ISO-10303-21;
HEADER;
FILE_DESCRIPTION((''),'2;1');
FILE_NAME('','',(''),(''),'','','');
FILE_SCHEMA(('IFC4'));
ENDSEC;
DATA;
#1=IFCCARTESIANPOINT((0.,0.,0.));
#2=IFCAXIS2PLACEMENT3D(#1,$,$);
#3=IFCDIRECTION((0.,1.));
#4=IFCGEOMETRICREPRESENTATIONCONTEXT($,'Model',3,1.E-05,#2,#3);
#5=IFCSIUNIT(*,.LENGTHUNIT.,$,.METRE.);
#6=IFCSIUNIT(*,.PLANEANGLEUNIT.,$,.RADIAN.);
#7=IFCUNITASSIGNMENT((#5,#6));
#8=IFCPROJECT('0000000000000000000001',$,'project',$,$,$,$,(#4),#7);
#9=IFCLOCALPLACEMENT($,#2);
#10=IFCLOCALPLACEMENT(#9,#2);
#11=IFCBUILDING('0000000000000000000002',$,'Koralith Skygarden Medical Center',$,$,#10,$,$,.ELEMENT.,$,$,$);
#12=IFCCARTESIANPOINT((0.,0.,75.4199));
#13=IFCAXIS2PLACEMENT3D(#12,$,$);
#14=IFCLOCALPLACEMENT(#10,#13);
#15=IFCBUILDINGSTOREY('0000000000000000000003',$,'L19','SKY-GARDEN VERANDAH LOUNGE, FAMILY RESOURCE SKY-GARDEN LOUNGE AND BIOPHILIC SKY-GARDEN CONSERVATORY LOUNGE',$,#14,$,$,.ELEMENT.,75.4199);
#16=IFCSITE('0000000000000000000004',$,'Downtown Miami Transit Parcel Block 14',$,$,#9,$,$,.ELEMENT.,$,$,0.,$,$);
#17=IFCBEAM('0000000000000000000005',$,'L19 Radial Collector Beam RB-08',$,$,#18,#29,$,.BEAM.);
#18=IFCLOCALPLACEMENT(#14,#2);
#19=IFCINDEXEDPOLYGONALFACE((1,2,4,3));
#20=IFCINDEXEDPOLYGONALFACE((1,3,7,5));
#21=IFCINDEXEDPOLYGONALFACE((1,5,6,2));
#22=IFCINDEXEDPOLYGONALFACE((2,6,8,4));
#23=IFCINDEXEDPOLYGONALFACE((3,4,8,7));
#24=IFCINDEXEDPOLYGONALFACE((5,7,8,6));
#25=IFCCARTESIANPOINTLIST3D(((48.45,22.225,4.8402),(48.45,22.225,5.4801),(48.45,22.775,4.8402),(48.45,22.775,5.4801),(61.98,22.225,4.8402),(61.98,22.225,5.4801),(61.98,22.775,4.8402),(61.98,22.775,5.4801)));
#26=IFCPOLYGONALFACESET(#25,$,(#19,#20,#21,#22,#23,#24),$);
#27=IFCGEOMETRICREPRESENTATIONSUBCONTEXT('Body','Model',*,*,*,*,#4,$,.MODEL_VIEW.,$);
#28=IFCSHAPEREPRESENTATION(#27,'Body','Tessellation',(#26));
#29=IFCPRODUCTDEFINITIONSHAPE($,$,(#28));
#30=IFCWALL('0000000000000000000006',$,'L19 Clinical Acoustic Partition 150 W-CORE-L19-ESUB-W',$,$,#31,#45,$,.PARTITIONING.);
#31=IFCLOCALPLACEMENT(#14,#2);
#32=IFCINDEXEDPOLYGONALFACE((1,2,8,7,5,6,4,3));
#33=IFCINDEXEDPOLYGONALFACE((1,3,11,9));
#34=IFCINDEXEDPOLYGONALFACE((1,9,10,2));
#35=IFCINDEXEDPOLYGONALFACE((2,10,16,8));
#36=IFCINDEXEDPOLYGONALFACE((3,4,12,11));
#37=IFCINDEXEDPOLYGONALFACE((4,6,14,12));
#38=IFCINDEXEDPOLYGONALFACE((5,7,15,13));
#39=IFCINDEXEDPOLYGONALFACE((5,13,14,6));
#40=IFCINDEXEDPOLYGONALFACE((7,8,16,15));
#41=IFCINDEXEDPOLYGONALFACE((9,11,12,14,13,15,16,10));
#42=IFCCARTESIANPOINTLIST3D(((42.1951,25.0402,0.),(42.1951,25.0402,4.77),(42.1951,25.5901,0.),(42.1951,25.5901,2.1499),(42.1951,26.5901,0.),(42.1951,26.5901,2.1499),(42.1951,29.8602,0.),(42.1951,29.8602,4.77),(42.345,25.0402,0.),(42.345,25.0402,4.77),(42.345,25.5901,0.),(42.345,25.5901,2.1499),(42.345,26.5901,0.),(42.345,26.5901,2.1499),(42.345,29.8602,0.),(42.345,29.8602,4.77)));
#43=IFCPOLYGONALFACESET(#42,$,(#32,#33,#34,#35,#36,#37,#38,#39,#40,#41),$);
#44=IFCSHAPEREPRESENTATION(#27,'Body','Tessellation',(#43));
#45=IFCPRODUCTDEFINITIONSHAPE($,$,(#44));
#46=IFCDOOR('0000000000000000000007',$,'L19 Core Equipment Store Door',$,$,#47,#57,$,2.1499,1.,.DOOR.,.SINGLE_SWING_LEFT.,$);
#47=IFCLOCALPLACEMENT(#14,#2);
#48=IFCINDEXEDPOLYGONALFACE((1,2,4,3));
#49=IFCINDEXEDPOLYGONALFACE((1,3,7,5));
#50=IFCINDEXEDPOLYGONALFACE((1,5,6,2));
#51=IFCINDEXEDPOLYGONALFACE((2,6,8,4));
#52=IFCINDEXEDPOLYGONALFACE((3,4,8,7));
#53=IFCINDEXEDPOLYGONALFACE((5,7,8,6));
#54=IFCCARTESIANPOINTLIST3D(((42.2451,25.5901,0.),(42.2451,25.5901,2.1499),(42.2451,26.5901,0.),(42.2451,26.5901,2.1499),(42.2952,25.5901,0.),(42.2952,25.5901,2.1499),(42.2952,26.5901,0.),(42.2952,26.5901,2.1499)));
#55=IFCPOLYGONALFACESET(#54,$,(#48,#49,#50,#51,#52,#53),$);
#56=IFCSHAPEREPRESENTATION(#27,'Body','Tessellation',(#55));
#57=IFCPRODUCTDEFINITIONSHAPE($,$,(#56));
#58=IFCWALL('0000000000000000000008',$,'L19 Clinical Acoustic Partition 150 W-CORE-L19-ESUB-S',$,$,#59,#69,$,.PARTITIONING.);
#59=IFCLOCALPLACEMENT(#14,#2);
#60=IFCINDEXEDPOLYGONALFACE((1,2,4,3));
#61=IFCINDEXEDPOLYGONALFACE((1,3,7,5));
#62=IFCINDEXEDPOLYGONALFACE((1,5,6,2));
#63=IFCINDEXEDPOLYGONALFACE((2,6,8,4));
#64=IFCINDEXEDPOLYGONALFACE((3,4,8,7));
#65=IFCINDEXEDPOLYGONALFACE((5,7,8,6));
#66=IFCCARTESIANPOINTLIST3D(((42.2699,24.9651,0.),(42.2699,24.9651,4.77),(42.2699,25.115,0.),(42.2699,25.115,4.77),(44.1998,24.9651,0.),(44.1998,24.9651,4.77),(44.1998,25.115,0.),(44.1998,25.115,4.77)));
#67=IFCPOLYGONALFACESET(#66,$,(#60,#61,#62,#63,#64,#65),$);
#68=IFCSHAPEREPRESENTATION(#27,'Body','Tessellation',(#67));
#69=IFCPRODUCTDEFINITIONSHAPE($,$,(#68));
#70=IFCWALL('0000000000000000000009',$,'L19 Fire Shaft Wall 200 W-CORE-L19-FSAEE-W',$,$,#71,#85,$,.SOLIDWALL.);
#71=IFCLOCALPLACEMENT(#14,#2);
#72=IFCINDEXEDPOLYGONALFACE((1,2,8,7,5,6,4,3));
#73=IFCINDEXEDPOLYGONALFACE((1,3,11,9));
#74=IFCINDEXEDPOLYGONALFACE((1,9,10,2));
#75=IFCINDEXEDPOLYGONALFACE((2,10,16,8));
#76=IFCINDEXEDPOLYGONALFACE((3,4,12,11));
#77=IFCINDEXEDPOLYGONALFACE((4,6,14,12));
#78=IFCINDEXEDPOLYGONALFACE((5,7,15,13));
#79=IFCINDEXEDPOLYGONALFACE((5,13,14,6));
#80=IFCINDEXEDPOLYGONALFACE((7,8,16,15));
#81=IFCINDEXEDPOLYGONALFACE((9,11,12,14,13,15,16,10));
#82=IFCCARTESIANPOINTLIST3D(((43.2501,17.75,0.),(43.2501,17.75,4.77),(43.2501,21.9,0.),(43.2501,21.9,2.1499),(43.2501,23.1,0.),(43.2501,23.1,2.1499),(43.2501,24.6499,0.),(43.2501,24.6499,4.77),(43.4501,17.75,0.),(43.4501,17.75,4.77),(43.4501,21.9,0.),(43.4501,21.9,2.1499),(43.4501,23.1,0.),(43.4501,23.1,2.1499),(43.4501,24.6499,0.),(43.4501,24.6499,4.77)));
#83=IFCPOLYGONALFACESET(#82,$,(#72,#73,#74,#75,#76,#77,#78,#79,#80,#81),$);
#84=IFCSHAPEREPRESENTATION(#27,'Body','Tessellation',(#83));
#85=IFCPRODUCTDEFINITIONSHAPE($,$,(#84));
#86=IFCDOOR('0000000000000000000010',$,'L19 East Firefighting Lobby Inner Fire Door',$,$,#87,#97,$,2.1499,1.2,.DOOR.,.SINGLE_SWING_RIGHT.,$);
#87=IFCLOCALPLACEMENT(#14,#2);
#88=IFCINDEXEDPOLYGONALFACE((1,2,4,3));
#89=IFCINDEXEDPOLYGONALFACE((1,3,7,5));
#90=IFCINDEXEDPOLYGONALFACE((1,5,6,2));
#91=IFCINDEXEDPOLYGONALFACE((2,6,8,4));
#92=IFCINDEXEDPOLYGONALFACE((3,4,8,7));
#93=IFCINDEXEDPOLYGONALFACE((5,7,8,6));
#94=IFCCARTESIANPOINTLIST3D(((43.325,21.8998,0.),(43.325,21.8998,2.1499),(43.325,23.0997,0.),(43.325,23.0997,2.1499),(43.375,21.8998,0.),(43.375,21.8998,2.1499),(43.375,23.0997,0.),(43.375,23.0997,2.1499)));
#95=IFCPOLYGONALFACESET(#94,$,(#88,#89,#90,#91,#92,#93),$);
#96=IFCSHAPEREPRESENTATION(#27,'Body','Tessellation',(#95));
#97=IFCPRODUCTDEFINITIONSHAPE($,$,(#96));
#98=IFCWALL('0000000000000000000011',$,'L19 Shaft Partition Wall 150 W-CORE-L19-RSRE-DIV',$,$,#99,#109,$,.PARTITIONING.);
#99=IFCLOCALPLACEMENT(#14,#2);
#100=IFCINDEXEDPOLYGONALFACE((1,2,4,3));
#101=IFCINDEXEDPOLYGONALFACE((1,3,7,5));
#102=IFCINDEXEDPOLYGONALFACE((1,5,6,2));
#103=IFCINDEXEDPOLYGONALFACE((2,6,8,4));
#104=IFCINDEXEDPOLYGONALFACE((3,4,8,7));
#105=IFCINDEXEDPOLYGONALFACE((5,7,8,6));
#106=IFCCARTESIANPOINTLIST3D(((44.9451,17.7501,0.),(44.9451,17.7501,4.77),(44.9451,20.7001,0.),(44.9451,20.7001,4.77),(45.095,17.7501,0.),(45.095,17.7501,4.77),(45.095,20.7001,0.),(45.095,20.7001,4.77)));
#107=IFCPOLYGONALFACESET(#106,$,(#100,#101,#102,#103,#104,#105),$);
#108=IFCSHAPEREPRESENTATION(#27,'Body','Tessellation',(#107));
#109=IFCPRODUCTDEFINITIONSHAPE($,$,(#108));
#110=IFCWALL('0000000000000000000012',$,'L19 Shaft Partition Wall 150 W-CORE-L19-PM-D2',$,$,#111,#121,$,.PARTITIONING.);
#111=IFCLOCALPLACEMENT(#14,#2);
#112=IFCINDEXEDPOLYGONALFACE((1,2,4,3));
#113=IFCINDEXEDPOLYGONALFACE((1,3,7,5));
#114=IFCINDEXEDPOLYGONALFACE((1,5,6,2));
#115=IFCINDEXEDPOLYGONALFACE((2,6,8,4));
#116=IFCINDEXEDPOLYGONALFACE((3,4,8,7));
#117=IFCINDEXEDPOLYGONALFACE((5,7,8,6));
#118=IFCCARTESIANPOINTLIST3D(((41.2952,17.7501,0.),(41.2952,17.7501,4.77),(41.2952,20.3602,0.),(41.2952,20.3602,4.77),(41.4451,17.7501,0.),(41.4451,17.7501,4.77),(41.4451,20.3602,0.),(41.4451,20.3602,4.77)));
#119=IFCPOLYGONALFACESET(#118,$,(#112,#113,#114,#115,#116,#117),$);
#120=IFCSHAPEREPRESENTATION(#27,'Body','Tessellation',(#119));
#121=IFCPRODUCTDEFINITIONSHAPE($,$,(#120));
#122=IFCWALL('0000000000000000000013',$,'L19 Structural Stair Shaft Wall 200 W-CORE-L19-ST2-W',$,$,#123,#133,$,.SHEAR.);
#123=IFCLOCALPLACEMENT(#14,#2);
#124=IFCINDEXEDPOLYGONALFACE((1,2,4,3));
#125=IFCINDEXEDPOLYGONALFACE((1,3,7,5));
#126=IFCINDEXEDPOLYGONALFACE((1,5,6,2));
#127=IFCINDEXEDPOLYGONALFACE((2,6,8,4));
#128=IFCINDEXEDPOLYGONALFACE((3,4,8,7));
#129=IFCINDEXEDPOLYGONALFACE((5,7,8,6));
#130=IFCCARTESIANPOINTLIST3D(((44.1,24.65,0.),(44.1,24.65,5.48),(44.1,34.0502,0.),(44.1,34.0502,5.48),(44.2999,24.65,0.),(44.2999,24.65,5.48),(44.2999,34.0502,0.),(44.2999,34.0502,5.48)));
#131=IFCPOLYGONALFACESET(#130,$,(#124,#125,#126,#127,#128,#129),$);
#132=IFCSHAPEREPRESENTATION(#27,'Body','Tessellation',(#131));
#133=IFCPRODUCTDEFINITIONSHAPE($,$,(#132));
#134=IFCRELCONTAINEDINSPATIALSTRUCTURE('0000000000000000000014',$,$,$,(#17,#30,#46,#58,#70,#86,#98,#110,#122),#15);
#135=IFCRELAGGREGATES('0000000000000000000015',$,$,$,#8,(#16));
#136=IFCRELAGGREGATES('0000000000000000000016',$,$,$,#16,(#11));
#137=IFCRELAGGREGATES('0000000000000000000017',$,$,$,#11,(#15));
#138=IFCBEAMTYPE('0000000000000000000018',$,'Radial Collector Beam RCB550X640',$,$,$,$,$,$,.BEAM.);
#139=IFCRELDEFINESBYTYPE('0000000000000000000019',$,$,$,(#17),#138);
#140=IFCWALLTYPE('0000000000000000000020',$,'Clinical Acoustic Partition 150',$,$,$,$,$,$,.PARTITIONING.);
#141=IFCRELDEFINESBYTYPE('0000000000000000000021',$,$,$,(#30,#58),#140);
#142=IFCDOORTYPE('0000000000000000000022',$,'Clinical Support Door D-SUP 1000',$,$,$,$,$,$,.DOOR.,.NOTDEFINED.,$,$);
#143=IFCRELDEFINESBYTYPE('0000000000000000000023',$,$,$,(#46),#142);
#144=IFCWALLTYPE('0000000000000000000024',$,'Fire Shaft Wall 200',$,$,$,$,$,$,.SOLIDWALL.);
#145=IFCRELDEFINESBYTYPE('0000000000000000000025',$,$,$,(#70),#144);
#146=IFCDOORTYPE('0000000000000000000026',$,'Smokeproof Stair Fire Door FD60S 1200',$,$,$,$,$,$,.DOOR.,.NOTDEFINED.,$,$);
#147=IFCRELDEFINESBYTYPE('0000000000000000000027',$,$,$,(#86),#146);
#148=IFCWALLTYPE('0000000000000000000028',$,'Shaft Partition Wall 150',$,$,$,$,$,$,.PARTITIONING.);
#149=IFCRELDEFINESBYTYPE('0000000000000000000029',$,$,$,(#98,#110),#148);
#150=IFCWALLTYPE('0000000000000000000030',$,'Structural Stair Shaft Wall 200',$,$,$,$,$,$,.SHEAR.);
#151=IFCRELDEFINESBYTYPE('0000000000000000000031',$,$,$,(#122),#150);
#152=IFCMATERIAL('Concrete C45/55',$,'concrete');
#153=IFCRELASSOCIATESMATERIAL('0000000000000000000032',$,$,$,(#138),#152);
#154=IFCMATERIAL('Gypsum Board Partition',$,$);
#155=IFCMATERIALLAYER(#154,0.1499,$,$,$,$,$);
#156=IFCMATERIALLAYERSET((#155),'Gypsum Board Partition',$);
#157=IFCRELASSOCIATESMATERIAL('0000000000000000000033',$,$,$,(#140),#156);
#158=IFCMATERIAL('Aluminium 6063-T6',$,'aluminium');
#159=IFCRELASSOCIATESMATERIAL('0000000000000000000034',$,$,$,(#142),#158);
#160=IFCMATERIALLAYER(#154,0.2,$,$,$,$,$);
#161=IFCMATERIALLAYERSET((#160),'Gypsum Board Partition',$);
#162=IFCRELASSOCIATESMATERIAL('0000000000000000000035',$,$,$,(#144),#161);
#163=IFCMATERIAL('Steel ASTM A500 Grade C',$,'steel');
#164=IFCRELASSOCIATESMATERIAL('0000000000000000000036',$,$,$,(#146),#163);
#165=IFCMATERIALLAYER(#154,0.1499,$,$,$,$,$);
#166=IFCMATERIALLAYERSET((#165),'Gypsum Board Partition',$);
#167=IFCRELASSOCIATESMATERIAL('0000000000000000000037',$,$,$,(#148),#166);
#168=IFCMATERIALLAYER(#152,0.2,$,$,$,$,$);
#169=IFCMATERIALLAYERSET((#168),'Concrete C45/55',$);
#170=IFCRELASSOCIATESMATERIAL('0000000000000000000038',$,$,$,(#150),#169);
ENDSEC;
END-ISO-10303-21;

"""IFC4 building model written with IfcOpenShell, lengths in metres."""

from ifc_helpers import new_model, si_unit, direction, frame, frame_2d, origin, origin_2d, place, context, subcontext, project, spatial, rectangle, extrude, material, layer, layer_set, material_profile, profile_set, type_object, element, fill, save


model = new_model("IFC4")

# Units and contexts
model_context = context("Model", 3, precision=1e-05, world=origin(), true_north=direction((0.0, 1.0)))
body_context = subcontext(model_context, "Body", "Model", "MODEL_VIEW")
ifc_project = project(units=[si_unit("LENGTHUNIT", "METRE"), si_unit("PLANEANGLEUNIT", "RADIAN")], contexts=[model_context])

# Site, building, storey
site_placement = place(None, origin())
site = spatial("IfcSite", under=ifc_project, at=site_placement, Name="Downtown Miami Transit Parcel Block 14", CompositionType="ELEMENT", RefElevation=0.0)
building_placement = place(site_placement, origin())
building = spatial("IfcBuilding", under=site, at=building_placement, Name="Koralith Skygarden Medical Center", CompositionType="ELEMENT")
storey_placement = place(building_placement, frame((0.0, 0.0, 75.4199)))
storey = spatial("IfcBuildingStorey", under=building, at=storey_placement, Name="L19", Description="SKY-GARDEN VERANDAH LOUNGE, FAMILY RESOURCE SKY-GARDEN LOUNGE AND BIOPHILIC SKY-GARDEN CONSERVATORY LOUNGE", CompositionType="ELEMENT", Elevation=75.4199)

# Beam
ifc_material_1 = material(Name="Concrete C45/55", Category="concrete")
ifc_material_profile = material_profile(ifc_material_1, rectangle(XDim=0.55, YDim=0.6399, at=origin_2d()), Name="RCB550X640")
ifc_profile_set = profile_set([ifc_material_profile], Name="Concrete C45/55")
beam_type = type_object("IfcBeamType", Name="Radial Collector Beam RCB550X640", PredefinedType="BEAM", material=ifc_profile_set)
beam_placement = place(storey_placement, frame((48.45, 22.5, 5.1602), z_axis=(1.0, 0.0, 0.0), x_axis=(0.0, 1.0, 0.0)))
element("IfcBeam", 1, at=beam_placement, inside=storey, type_object=beam_type, Name="L19 Radial Collector Beam RB-08", PredefinedType="BEAM", context=body_context, shape_type="SweptSolid", body=[
    extrude(rectangle(XDim=0.55, YDim=0.6399, at=origin_2d()), origin(), (0.0, 0.0, 1.0), 13.53),
])

# Wall, opening, door
ifc_material_2 = material(Name="Gypsum Board Partition")
ifc_layer_1 = layer(ifc_material_2, 0.1499)
ifc_layer_set_1 = layer_set([ifc_layer_1], Name="Gypsum Board Partition")
wall_type_1 = type_object("IfcWallType", Name="Clinical Acoustic Partition 150", PredefinedType="PARTITIONING", material=ifc_layer_set_1)
wall_1_placement = place(storey_placement, frame((42.27, 25.04, 0.0), z_axis=(0.0, 0.0, 1.0), x_axis=(0.0, 1.0, 0.0)))
wall_1 = element("IfcWall", 2, at=wall_1_placement, inside=storey, type_object=wall_type_1, Name="L19 Clinical Acoustic Partition 150 W-CORE-L19-ESUB-W", PredefinedType="PARTITIONING", context=body_context, shape_type="SweptSolid", body=[
    extrude(rectangle(XDim=4.8201, YDim=0.1499, at=frame_2d((2.4102, 0.0))), origin(), (0.0, 0.0, 1.0), 4.77),
])
opening_1_placement = place(wall_1_placement, frame((0.55, 0.0, 0.0)))
opening_1 = element("IfcOpeningElement", 3, at=opening_1_placement, cuts=wall_1, PredefinedType="OPENING", context=body_context, shape_type="SweptSolid", body=[
    extrude(rectangle(XDim=1.0, YDim=2.1499, at=frame_2d((0.5, 1.075))), frame((0.0, 0.085, 0.0), z_axis=(0.0, -1.0, 0.0), x_axis=(1.0, 0.0, 0.0)), (0.0, 0.0, 1.0), 0.1699),
])
ifc_material_3 = material(Name="Aluminium 6063-T6", Category="aluminium")
door_type_1 = type_object("IfcDoorType", Name="Clinical Support Door D-SUP 1000", OperationType="NOTDEFINED", PredefinedType="DOOR", material=ifc_material_3)
door_1_placement = place(opening_1_placement, origin())
door_1 = element("IfcDoor", 4, at=door_1_placement, inside=storey, type_object=door_type_1, Name="L19 Core Equipment Store Door", OperationType="SINGLE_SWING_LEFT", OverallHeight=2.1499, OverallWidth=1.0, PredefinedType="DOOR", context=body_context, shape_type="SweptSolid", body=[
    extrude(rectangle(XDim=1.0, YDim=2.1499, at=frame_2d((0.5, 1.075))), frame((0.0, 0.0249, 0.0), z_axis=(0.0, -1.0, 0.0), x_axis=(1.0, 0.0, 0.0)), (0.0, 0.0, 1.0), 0.05),
])
fill(opening_1, door_1)

# Wall
wall_2_placement = place(storey_placement, frame((42.27, 25.04, 0.0), z_axis=(0.0, 0.0, 1.0), x_axis=(1.0, 0.0, 0.0)))
element("IfcWall", 5, at=wall_2_placement, inside=storey, type_object=wall_type_1, Name="L19 Clinical Acoustic Partition 150 W-CORE-L19-ESUB-S", PredefinedType="PARTITIONING", context=body_context, shape_type="SweptSolid", body=[
    extrude(rectangle(XDim=1.9299, YDim=0.1499, at=frame_2d((0.9648, 0.0))), origin(), (0.0, 0.0, 1.0), 4.77),
])

# Wall, opening, door
ifc_layer_2 = layer(ifc_material_2, 0.2)
ifc_layer_set_2 = layer_set([ifc_layer_2], Name="Gypsum Board Partition")
wall_type_2 = type_object("IfcWallType", Name="Fire Shaft Wall 200", PredefinedType="SOLIDWALL", material=ifc_layer_set_2)
ifc_material_4 = material(Name="Steel ASTM A500 Grade C", Category="steel")
wall_3_placement = place(storey_placement, frame((43.3501, 17.75, 0.0), z_axis=(0.0, 0.0, 1.0), x_axis=(0.0, 1.0, 0.0)))
wall_3 = element("IfcWall", 6, at=wall_3_placement, inside=storey, type_object=wall_type_2, Name="L19 Fire Shaft Wall 200 W-CORE-L19-FSAEE-W", PredefinedType="SOLIDWALL", context=body_context, shape_type="SweptSolid", body=[
    extrude(rectangle(XDim=6.8999, YDim=0.2, at=frame_2d((3.45, 0.0))), origin(), (0.0, 0.0, 1.0), 4.77),
])
opening_2_placement = place(wall_3_placement, frame((4.1499, 0.0, 0.0)))
opening_2 = element("IfcOpeningElement", 7, at=opening_2_placement, cuts=wall_3, PredefinedType="OPENING", context=body_context, shape_type="SweptSolid", body=[
    extrude(rectangle(XDim=1.2, YDim=2.1499, at=frame_2d((0.6001, 1.075))), frame((0.0, 0.1099, 0.0), z_axis=(0.0, -1.0, 0.0), x_axis=(1.0, 0.0, 0.0)), (0.0, 0.0, 1.0), 0.22),
])
door_type_2 = type_object("IfcDoorType", Name="Smokeproof Stair Fire Door FD60S 1200", OperationType="NOTDEFINED", PredefinedType="DOOR", material=ifc_material_4)
door_2_placement = place(opening_2_placement, frame((1.2, 0.0, 0.0), z_axis=(0.0, 0.0, 1.0), x_axis=(-1.0, 0.0, 0.0)))
door_2 = element("IfcDoor", 8, at=door_2_placement, inside=storey, type_object=door_type_2, Name="L19 East Firefighting Lobby Inner Fire Door", OperationType="SINGLE_SWING_RIGHT", OverallHeight=2.1499, OverallWidth=1.2, PredefinedType="DOOR", context=body_context, shape_type="SweptSolid", body=[
    extrude(rectangle(XDim=1.2, YDim=2.1499, at=frame_2d((0.6001, 1.075))), frame((0.0, 0.0249, 0.0), z_axis=(0.0, -1.0, 0.0), x_axis=(1.0, 0.0, 0.0)), (0.0, 0.0, 1.0), 0.05),
])
fill(opening_2, door_2)

# Walls
ifc_layer_3 = layer(ifc_material_2, 0.1499)
ifc_layer_set_3 = layer_set([ifc_layer_3], Name="Gypsum Board Partition")
wall_type_3 = type_object("IfcWallType", Name="Shaft Partition Wall 150", PredefinedType="PARTITIONING", material=ifc_layer_set_3)
wall_4_placement = place(storey_placement, frame((45.02, 17.75, 0.0), z_axis=(0.0, 0.0, 1.0), x_axis=(0.0, 1.0, 0.0)))
element("IfcWall", 9, at=wall_4_placement, inside=storey, type_object=wall_type_3, Name="L19 Shaft Partition Wall 150 W-CORE-L19-RSRE-DIV", PredefinedType="PARTITIONING", context=body_context, shape_type="SweptSolid", body=[
    extrude(rectangle(XDim=2.95, YDim=0.1499, at=frame_2d((1.4751, 0.0))), origin(), (0.0, 0.0, 1.0), 4.77),
])
wall_5_placement = place(storey_placement, frame((41.3701, 17.75, 0.0), z_axis=(0.0, 0.0, 1.0), x_axis=(0.0, 1.0, 0.0)))
element("IfcWall", 10, at=wall_5_placement, inside=storey, type_object=wall_type_3, Name="L19 Shaft Partition Wall 150 W-CORE-L19-PM-D2", PredefinedType="PARTITIONING", context=body_context, shape_type="SweptSolid", body=[
    extrude(rectangle(XDim=2.6101, YDim=0.1499, at=frame_2d((1.3052, 0.0))), origin(), (0.0, 0.0, 1.0), 4.77),
])
ifc_layer_4 = layer(ifc_material_1, 0.2)
ifc_layer_set_4 = layer_set([ifc_layer_4], Name="Concrete C45/55")
wall_type_4 = type_object("IfcWallType", Name="Structural Stair Shaft Wall 200", PredefinedType="SHEAR", material=ifc_layer_set_4)
wall_6_placement = place(storey_placement, frame((44.2, 24.6499, 0.0), z_axis=(0.0, 0.0, 1.0), x_axis=(0.0, 1.0, 0.0)))
element("IfcWall", 11, at=wall_6_placement, inside=storey, type_object=wall_type_4, Name="L19 Structural Stair Shaft Wall 200 W-CORE-L19-ST2-W", PredefinedType="SHEAR", context=body_context, shape_type="SweptSolid", body=[
    extrude(rectangle(XDim=9.4001, YDim=0.2, at=frame_2d((4.7002, 0.0))), origin(), (0.0, 0.0, 1.0), 5.48),
])

save(model, "model.ifc")
